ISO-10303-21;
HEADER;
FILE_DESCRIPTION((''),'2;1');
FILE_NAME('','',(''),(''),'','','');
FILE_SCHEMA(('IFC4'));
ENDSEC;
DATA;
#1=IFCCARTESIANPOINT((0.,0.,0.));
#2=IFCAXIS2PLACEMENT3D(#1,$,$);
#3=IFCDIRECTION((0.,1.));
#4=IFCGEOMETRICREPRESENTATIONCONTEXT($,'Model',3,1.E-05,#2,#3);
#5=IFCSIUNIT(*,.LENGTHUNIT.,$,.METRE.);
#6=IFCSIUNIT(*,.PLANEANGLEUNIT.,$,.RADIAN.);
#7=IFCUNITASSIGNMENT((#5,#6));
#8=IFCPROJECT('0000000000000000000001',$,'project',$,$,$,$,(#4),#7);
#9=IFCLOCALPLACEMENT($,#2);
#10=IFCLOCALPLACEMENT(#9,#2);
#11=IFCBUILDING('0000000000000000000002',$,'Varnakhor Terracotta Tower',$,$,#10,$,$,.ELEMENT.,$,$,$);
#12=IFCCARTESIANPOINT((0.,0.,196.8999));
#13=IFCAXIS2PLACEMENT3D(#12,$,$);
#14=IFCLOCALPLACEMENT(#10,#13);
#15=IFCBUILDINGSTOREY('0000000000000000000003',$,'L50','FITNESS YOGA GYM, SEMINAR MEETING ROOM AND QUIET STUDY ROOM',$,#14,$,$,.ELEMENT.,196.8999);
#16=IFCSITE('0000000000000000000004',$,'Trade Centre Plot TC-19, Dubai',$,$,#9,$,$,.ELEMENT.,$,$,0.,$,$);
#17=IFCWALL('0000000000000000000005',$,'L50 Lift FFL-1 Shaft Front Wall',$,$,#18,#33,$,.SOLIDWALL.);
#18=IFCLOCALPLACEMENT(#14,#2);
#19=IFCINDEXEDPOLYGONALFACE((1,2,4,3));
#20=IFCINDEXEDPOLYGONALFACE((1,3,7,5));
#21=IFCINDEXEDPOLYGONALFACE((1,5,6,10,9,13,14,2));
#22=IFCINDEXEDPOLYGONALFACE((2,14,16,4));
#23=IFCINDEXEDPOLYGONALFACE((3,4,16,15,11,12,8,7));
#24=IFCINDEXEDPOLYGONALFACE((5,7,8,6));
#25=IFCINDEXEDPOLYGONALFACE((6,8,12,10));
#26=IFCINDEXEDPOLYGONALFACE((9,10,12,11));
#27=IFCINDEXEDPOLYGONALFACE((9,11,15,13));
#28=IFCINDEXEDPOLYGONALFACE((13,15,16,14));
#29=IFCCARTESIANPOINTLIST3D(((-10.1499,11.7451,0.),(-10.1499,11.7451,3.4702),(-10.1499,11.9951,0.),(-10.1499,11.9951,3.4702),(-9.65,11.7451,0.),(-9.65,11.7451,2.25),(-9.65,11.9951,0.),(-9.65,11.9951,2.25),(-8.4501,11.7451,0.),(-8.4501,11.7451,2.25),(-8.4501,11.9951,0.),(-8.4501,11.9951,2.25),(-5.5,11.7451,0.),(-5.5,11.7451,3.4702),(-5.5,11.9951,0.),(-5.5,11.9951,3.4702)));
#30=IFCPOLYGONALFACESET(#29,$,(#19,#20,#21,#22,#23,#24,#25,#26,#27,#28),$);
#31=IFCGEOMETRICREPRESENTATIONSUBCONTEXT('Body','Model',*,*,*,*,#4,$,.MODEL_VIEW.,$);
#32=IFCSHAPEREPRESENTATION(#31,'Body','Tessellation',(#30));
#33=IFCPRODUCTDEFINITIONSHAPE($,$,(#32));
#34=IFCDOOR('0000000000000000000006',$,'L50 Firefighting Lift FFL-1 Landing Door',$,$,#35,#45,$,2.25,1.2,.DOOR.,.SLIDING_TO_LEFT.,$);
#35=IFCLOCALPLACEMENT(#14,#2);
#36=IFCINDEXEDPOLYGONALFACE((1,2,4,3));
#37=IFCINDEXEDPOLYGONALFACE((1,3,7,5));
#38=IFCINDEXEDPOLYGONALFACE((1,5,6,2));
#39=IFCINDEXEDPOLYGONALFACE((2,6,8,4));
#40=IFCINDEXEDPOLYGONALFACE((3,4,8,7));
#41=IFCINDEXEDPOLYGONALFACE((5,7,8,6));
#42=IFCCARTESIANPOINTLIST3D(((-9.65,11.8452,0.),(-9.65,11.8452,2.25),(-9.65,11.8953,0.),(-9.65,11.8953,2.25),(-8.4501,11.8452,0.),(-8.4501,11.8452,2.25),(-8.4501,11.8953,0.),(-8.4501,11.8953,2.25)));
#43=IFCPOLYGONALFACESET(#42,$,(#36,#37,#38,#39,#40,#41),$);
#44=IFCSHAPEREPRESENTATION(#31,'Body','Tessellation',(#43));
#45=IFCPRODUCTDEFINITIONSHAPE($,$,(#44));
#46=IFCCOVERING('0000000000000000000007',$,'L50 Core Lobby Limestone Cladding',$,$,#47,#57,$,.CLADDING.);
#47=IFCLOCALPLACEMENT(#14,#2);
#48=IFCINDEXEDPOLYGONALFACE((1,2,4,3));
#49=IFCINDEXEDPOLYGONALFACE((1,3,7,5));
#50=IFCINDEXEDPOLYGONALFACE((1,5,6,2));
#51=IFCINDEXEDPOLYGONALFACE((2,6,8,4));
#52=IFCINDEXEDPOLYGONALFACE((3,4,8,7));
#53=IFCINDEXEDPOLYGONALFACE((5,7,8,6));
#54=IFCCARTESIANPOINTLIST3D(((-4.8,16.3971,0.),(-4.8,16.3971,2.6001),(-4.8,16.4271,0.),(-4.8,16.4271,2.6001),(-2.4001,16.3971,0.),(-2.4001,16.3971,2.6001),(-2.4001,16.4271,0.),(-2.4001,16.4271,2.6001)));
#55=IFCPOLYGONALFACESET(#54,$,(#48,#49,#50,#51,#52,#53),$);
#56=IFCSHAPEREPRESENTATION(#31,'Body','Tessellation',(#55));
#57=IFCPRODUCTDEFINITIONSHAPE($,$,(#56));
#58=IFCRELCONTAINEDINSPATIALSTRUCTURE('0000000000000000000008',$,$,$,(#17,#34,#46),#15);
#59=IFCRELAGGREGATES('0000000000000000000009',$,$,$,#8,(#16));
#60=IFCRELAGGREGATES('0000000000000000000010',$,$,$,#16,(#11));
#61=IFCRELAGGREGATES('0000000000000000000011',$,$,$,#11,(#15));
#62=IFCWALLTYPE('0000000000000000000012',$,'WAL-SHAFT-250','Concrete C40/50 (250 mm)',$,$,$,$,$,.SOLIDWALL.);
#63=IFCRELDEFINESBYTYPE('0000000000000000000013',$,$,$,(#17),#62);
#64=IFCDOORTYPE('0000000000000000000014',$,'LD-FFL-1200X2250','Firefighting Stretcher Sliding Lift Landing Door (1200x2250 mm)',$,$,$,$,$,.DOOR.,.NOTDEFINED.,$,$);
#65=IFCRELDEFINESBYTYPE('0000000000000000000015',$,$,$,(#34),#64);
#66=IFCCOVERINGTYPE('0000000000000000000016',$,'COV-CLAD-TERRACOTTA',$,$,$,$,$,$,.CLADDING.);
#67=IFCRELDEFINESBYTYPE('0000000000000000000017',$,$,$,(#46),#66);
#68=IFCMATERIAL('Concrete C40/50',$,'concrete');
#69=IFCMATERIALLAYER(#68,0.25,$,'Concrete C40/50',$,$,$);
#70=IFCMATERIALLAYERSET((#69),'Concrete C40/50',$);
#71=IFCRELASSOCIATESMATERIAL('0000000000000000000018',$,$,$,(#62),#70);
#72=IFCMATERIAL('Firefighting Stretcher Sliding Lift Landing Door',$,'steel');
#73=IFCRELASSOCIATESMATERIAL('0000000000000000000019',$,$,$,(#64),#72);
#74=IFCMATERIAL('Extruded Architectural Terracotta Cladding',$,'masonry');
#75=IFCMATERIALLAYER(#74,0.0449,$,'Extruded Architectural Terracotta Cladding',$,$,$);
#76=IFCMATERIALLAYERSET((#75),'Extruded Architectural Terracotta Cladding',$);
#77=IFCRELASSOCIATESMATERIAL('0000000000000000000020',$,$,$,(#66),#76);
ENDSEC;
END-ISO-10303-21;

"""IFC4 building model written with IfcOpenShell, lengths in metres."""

from ifc_helpers import new_model, si_unit, direction, frame, frame_2d, origin, origin_2d, place, context, subcontext, project, spatial, rectangle, extrude, source, transform, mapped, material, layer, layer_set, type_object, type_shapes, element, fill, save


model = new_model("IFC4")

# Units and contexts
model_context = context("Model", 3, precision=1e-05, world=origin(), true_north=direction((0.0, 1.0)))
body_context = subcontext(model_context, "Body", "Model", "MODEL_VIEW")
ifc_project = project(units=[si_unit("LENGTHUNIT", "METRE"), si_unit("PLANEANGLEUNIT", "RADIAN")], contexts=[model_context])

# Site, building, storey
site_placement = place(None, origin())
site = spatial("IfcSite", under=ifc_project, at=site_placement, Name="Trade Centre Plot TC-19, Dubai", CompositionType="ELEMENT", RefElevation=0.0)
building_placement = place(site_placement, origin())
building = spatial("IfcBuilding", under=site, at=building_placement, Name="Varnakhor Terracotta Tower", CompositionType="ELEMENT")
storey_placement = place(building_placement, frame((0.0, 0.0, 196.8999)))
storey = spatial("IfcBuildingStorey", under=building, at=storey_placement, Name="L50", Description="FITNESS YOGA GYM, SEMINAR MEETING ROOM AND QUIET STUDY ROOM", CompositionType="ELEMENT", Elevation=196.8999)

# Shared definitions
ifc_material_1 = material(Name="Concrete C40/50", Category="concrete")

# Wall, opening, door
ifc_layer_1 = layer(ifc_material_1, 0.25, Name="Concrete C40/50")
ifc_layer_set_1 = layer_set([ifc_layer_1], Name="Concrete C40/50")
wall_type_1 = type_object("IfcWallType", Name="WAL-SHAFT-250", Description="Concrete C40/50 (250 mm)", PredefinedType="SOLIDWALL", material=ifc_layer_set_1)
wall_1_placement = place(storey_placement, frame((-5.5, 11.8701, 0.0), z_axis=(0.0, 0.0, 1.0), x_axis=(-1.0, 0.0, 0.0)))
wall_1 = element("IfcWall", 1, at=wall_1_placement, inside=storey, type_object=wall_type_1, Name="L50 Lift FFL-1 Shaft Front Wall", PredefinedType="SOLIDWALL", context=body_context, shape_type="SweptSolid", body=[
    extrude(rectangle(XDim=4.6499, YDim=0.25, at=frame_2d((2.325, 0.0))), origin(), (0.0, 0.0, 1.0), 3.4702),
])
opening_1_placement = place(wall_1_placement, frame((2.95, 0.0, 0.0)))
opening_1 = element("IfcOpeningElement", 2, at=opening_1_placement, cuts=wall_1, PredefinedType="OPENING", context=body_context, shape_type="SweptSolid", body=[
    extrude(rectangle(XDim=1.2, YDim=2.25, at=frame_2d((0.6001, 1.125))), frame((0.0, 0.135, 0.0), z_axis=(0.0, -1.0, 0.0), x_axis=(1.0, 0.0, 0.0)), (0.0, 0.0, 1.0), 0.27),
])
ifc_material_2 = material(Name="Firefighting Stretcher Sliding Lift Landing Door", Category="steel")
door_type_1 = type_object("IfcDoorType", Name="LD-FFL-1200X2250", Description="Firefighting Stretcher Sliding Lift Landing Door (1200x2250 mm)", OperationType="NOTDEFINED", PredefinedType="DOOR", material=ifc_material_2)
shared_shape_1 = source(origin(), body_context, "Body", "SweptSolid", [
    extrude(rectangle(XDim=1.2, YDim=2.25, at=frame_2d((0.6001, 1.125))), frame((0.0, 0.0249, 0.0), z_axis=(0.0, -1.0, 0.0), x_axis=(1.0, 0.0, 0.0)), (0.0, 0.0, 1.0), 0.05),
])
type_shapes(door_type_1, [shared_shape_1])
door_1_placement = place(opening_1_placement, origin())
door_1 = element("IfcDoor", 3, at=door_1_placement, inside=storey, type_object=door_type_1, Name="L50 Firefighting Lift FFL-1 Landing Door", OperationType="SLIDING_TO_LEFT", OverallHeight=2.25, OverallWidth=1.2, PredefinedType="DOOR", context=body_context, shape_type="MappedRepresentation", body=[
    mapped(shared_shape_1, transform((0.0, 0.0, 0.0), scale=1.0)),
])
fill(opening_1, door_1)

# Covering
ifc_material_3 = material(Name="Extruded Architectural Terracotta Cladding", Category="masonry")
ifc_layer_2 = layer(ifc_material_3, 0.0449, Name="Extruded Architectural Terracotta Cladding")
ifc_layer_set_2 = layer_set([ifc_layer_2], Name="Extruded Architectural Terracotta Cladding")
covering_type = type_object("IfcCoveringType", Name="COV-CLAD-TERRACOTTA", PredefinedType="CLADDING", material=ifc_layer_set_2)
shared_shape_2 = source(origin(), body_context, "Body", "SweptSolid", [
    extrude(rectangle(XDim=2.3999, YDim=0.03, at=origin_2d()), origin(), (0.0, 0.0, 1.0), 2.6001),
])
type_shapes(covering_type, [shared_shape_2])
covering_placement = place(storey_placement, frame((-3.6001, 16.4121, 0.0), z_axis=(0.0, 0.0, 1.0), x_axis=(1.0, 0.0, 0.0)))
element("IfcCovering", 4, at=covering_placement, inside=storey, type_object=covering_type, Name="L50 Core Lobby Limestone Cladding", PredefinedType="CLADDING", context=body_context, shape_type="MappedRepresentation", body=[
    mapped(shared_shape_2, transform((0.0, 0.0, 0.0), scale=1.0)),
])

save(model, "model.ifc")
